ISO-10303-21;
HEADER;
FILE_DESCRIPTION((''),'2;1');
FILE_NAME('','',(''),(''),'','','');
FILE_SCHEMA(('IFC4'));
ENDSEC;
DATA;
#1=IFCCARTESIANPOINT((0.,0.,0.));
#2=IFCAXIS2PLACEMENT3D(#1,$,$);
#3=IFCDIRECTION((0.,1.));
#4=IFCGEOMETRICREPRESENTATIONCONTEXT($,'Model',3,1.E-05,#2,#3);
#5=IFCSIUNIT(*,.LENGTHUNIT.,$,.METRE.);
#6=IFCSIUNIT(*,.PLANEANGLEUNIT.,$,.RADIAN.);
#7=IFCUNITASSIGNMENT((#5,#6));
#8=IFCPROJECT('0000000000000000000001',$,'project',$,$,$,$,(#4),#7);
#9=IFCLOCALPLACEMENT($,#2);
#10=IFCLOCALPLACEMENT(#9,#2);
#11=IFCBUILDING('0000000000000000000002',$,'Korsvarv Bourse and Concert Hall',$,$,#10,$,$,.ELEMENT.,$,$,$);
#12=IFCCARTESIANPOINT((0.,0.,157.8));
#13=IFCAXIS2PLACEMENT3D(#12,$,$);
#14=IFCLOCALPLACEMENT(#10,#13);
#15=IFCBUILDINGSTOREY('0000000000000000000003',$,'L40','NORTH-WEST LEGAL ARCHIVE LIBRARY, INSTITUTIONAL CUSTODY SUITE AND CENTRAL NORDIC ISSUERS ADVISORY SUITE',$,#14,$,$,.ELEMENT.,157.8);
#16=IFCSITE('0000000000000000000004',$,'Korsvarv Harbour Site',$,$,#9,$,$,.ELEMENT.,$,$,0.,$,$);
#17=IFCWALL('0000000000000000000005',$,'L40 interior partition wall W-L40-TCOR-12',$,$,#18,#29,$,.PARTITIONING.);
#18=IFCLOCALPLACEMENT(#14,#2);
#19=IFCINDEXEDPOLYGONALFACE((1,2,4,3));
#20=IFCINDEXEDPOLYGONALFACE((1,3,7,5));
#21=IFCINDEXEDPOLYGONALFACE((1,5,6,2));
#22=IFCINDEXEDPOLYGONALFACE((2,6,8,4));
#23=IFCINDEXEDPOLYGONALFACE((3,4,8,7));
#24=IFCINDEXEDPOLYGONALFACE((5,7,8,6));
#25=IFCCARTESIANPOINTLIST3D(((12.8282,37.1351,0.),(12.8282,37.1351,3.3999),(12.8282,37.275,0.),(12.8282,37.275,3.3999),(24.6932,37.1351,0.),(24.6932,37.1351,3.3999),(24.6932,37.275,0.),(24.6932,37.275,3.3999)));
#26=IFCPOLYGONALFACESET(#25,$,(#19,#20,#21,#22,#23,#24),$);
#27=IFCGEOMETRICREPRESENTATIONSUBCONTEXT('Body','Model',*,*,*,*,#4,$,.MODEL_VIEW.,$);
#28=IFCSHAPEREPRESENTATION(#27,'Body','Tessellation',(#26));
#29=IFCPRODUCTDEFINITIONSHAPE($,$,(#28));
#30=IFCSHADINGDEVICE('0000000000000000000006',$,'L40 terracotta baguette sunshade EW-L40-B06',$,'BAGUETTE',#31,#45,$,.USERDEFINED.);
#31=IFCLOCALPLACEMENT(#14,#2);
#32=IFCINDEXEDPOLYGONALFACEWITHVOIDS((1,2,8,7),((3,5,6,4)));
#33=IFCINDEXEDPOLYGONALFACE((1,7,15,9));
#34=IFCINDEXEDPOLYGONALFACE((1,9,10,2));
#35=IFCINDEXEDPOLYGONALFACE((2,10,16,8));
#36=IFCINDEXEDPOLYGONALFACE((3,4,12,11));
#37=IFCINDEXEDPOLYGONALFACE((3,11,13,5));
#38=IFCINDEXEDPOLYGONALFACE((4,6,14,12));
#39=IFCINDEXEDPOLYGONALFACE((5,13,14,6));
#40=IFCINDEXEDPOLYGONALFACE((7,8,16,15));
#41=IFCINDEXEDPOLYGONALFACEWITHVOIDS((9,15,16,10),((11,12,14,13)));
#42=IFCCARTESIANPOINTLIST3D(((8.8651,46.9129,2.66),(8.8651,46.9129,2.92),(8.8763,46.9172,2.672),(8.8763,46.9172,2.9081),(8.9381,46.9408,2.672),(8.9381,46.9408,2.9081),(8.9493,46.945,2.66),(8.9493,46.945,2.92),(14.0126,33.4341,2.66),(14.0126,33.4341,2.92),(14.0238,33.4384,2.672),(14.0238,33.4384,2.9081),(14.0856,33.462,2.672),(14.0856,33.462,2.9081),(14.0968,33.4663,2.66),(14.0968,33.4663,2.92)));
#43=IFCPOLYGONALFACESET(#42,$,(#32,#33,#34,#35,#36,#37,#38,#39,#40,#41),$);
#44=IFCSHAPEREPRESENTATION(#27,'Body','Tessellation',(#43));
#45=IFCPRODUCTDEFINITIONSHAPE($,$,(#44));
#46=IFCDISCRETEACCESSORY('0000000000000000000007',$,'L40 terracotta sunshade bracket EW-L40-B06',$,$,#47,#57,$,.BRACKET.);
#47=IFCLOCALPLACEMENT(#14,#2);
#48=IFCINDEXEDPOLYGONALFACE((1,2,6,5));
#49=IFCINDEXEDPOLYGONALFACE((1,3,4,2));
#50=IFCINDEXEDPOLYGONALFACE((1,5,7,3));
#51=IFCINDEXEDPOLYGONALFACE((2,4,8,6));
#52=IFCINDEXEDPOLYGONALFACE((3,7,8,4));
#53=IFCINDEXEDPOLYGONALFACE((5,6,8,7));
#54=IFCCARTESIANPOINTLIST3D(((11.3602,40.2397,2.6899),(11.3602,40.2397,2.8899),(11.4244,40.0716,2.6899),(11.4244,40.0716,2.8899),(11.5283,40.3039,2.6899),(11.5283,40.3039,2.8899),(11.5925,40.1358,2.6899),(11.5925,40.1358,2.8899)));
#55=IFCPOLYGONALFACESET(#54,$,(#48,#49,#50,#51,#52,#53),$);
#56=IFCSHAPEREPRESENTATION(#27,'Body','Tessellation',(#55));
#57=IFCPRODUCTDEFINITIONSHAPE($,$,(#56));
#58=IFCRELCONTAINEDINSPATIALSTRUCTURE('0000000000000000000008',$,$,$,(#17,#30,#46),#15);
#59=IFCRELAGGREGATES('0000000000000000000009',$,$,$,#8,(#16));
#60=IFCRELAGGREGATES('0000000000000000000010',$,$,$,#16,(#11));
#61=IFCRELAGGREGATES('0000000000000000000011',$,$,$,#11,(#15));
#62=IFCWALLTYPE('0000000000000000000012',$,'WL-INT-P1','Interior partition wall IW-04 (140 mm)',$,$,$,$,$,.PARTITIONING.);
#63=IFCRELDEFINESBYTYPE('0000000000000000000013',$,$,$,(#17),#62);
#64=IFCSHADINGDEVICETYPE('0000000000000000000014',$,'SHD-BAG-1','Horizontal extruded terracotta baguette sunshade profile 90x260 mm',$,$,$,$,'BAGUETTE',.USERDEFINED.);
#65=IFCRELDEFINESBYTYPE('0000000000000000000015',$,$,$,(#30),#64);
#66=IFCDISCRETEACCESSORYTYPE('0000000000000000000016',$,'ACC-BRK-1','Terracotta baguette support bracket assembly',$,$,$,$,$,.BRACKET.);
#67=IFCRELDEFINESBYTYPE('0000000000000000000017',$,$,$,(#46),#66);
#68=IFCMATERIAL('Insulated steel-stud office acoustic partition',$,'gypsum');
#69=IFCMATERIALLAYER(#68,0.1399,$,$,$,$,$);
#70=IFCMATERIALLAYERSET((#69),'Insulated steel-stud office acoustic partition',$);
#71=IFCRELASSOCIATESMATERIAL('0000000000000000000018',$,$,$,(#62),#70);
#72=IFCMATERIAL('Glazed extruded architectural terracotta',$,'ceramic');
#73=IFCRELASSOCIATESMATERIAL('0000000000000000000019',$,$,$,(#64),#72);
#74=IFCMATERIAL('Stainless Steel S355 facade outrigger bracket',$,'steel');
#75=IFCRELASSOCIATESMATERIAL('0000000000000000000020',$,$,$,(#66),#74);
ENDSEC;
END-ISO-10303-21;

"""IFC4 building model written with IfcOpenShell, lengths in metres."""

from ifc_helpers import new_model, si_unit, direction, frame, frame_2d, origin, origin_2d, place, context, subcontext, project, spatial, rectangle, hollow_rectangle, extrude, source, transform, mapped, material, layer, layer_set, material_profile, profile_set, type_object, element, save


model = new_model("IFC4")

# Units and contexts
model_context = context("Model", 3, precision=1e-05, world=origin(), true_north=direction((0.0, 1.0)))
body_context = subcontext(model_context, "Body", "Model", "MODEL_VIEW")
ifc_project = project(units=[si_unit("LENGTHUNIT", "METRE"), si_unit("PLANEANGLEUNIT", "RADIAN")], contexts=[model_context])

# Site, building, storey
site_placement = place(None, origin())
site = spatial("IfcSite", under=ifc_project, at=site_placement, Name="Korsvarv Harbour Site", CompositionType="ELEMENT", RefElevation=0.0)
building_placement = place(site_placement, origin())
building = spatial("IfcBuilding", under=site, at=building_placement, Name="Korsvarv Bourse and Concert Hall", CompositionType="ELEMENT")
storey_placement = place(building_placement, frame((0.0, 0.0, 157.8)))
storey = spatial("IfcBuildingStorey", under=building, at=storey_placement, Name="L40", Description="NORTH-WEST LEGAL ARCHIVE LIBRARY, INSTITUTIONAL CUSTODY SUITE AND CENTRAL NORDIC ISSUERS ADVISORY SUITE", CompositionType="ELEMENT", Elevation=157.8)

# Wall
ifc_material_1 = material(Name="Insulated steel-stud office acoustic partition", Category="gypsum")
ifc_layer_1 = layer(ifc_material_1, 0.1399)
ifc_layer_set_1 = layer_set([ifc_layer_1], Name="Insulated steel-stud office acoustic partition")
wall_type_1 = type_object("IfcWallType", Name="WL-INT-P1", Description="Interior partition wall IW-04 (140 mm)", PredefinedType="PARTITIONING", material=ifc_layer_set_1)
wall_1_placement = place(storey_placement, frame((12.8281, 37.2051, 0.0), z_axis=(0.0, 0.0, 1.0), x_axis=(1.0, 0.0, 0.0)))
element("IfcWall", 1, at=wall_1_placement, inside=storey, type_object=wall_type_1, Name="L40 interior partition wall W-L40-TCOR-12", PredefinedType="PARTITIONING", context=body_context, shape_type="SweptSolid", body=[
    extrude(rectangle(XDim=11.865, YDim=0.1399, at=frame_2d((5.9326, 0.0))), origin(), (0.0, 0.0, 1.0), 3.3999),
])

# Shading device
ifc_material_2 = material(Name="Glazed extruded architectural terracotta", Category="ceramic")
ifc_material_profile_1 = material_profile(ifc_material_2, hollow_rectangle(XDim=0.0901, YDim=0.26, WallThickness=0.012, at=origin_2d()), Name="TC-BAG 90x260")
ifc_profile_set_1 = profile_set([ifc_material_profile_1], Name="Glazed extruded architectural terracotta")
shading_device_type = type_object("IfcShadingDeviceType", Name="SHD-BAG-1", Description="Horizontal extruded terracotta baguette sunshade profile 90x260 mm", ElementType="BAGUETTE", PredefinedType="USERDEFINED", material=ifc_profile_set_1)
shared_shape_1 = source(origin(), body_context, "Body", "SweptSolid", [
    extrude(hollow_rectangle(XDim=0.0901, YDim=0.26, WallThickness=0.012, at=origin_2d()), origin(), (0.0, 0.0, 1.0), 14.4282),
])
shading_device_placement = place(storey_placement, frame((8.9072, 46.929, 2.79), z_axis=(0.356764, -0.934195, 0.0), x_axis=(0.934195, 0.356764, 0.0)))
element("IfcShadingDevice", 2, at=shading_device_placement, inside=storey, type_object=shading_device_type, Name="L40 terracotta baguette sunshade EW-L40-B06", ObjectType="BAGUETTE", PredefinedType="USERDEFINED", context=body_context, shape_type="MappedRepresentation", body=[
    mapped(shared_shape_1, transform((0.0, 0.0, 0.0), scale=1.0)),
])

# Discrete accessory
ifc_material_3 = material(Name="Stainless Steel S355 facade outrigger bracket", Category="steel")
discrete_accessory_type = type_object("IfcDiscreteAccessoryType", Name="ACC-BRK-1", Description="Terracotta baguette support bracket assembly", PredefinedType="BRACKET", material=ifc_material_3)
shared_shape_2 = source(origin(), body_context, "Body", "SweptSolid", [
    extrude(rectangle(XDim=0.1799, YDim=0.1799, at=origin_2d()), origin(), (0.0, 0.0, 1.0), 0.2),
])
discrete_accessory_placement = place(storey_placement, frame((11.4763, 40.1877, 2.6899), z_axis=(0.0, 0.0, 1.0), x_axis=(0.356738, -0.934204, 0.0)))
element("IfcDiscreteAccessory", 3, at=discrete_accessory_placement, inside=storey, type_object=discrete_accessory_type, Name="L40 terracotta sunshade bracket EW-L40-B06", PredefinedType="BRACKET", context=body_context, shape_type="MappedRepresentation", body=[
    mapped(shared_shape_2, transform((0.0, 0.0, 0.0), scale=1.0)),
])

save(model, "model.ifc")
